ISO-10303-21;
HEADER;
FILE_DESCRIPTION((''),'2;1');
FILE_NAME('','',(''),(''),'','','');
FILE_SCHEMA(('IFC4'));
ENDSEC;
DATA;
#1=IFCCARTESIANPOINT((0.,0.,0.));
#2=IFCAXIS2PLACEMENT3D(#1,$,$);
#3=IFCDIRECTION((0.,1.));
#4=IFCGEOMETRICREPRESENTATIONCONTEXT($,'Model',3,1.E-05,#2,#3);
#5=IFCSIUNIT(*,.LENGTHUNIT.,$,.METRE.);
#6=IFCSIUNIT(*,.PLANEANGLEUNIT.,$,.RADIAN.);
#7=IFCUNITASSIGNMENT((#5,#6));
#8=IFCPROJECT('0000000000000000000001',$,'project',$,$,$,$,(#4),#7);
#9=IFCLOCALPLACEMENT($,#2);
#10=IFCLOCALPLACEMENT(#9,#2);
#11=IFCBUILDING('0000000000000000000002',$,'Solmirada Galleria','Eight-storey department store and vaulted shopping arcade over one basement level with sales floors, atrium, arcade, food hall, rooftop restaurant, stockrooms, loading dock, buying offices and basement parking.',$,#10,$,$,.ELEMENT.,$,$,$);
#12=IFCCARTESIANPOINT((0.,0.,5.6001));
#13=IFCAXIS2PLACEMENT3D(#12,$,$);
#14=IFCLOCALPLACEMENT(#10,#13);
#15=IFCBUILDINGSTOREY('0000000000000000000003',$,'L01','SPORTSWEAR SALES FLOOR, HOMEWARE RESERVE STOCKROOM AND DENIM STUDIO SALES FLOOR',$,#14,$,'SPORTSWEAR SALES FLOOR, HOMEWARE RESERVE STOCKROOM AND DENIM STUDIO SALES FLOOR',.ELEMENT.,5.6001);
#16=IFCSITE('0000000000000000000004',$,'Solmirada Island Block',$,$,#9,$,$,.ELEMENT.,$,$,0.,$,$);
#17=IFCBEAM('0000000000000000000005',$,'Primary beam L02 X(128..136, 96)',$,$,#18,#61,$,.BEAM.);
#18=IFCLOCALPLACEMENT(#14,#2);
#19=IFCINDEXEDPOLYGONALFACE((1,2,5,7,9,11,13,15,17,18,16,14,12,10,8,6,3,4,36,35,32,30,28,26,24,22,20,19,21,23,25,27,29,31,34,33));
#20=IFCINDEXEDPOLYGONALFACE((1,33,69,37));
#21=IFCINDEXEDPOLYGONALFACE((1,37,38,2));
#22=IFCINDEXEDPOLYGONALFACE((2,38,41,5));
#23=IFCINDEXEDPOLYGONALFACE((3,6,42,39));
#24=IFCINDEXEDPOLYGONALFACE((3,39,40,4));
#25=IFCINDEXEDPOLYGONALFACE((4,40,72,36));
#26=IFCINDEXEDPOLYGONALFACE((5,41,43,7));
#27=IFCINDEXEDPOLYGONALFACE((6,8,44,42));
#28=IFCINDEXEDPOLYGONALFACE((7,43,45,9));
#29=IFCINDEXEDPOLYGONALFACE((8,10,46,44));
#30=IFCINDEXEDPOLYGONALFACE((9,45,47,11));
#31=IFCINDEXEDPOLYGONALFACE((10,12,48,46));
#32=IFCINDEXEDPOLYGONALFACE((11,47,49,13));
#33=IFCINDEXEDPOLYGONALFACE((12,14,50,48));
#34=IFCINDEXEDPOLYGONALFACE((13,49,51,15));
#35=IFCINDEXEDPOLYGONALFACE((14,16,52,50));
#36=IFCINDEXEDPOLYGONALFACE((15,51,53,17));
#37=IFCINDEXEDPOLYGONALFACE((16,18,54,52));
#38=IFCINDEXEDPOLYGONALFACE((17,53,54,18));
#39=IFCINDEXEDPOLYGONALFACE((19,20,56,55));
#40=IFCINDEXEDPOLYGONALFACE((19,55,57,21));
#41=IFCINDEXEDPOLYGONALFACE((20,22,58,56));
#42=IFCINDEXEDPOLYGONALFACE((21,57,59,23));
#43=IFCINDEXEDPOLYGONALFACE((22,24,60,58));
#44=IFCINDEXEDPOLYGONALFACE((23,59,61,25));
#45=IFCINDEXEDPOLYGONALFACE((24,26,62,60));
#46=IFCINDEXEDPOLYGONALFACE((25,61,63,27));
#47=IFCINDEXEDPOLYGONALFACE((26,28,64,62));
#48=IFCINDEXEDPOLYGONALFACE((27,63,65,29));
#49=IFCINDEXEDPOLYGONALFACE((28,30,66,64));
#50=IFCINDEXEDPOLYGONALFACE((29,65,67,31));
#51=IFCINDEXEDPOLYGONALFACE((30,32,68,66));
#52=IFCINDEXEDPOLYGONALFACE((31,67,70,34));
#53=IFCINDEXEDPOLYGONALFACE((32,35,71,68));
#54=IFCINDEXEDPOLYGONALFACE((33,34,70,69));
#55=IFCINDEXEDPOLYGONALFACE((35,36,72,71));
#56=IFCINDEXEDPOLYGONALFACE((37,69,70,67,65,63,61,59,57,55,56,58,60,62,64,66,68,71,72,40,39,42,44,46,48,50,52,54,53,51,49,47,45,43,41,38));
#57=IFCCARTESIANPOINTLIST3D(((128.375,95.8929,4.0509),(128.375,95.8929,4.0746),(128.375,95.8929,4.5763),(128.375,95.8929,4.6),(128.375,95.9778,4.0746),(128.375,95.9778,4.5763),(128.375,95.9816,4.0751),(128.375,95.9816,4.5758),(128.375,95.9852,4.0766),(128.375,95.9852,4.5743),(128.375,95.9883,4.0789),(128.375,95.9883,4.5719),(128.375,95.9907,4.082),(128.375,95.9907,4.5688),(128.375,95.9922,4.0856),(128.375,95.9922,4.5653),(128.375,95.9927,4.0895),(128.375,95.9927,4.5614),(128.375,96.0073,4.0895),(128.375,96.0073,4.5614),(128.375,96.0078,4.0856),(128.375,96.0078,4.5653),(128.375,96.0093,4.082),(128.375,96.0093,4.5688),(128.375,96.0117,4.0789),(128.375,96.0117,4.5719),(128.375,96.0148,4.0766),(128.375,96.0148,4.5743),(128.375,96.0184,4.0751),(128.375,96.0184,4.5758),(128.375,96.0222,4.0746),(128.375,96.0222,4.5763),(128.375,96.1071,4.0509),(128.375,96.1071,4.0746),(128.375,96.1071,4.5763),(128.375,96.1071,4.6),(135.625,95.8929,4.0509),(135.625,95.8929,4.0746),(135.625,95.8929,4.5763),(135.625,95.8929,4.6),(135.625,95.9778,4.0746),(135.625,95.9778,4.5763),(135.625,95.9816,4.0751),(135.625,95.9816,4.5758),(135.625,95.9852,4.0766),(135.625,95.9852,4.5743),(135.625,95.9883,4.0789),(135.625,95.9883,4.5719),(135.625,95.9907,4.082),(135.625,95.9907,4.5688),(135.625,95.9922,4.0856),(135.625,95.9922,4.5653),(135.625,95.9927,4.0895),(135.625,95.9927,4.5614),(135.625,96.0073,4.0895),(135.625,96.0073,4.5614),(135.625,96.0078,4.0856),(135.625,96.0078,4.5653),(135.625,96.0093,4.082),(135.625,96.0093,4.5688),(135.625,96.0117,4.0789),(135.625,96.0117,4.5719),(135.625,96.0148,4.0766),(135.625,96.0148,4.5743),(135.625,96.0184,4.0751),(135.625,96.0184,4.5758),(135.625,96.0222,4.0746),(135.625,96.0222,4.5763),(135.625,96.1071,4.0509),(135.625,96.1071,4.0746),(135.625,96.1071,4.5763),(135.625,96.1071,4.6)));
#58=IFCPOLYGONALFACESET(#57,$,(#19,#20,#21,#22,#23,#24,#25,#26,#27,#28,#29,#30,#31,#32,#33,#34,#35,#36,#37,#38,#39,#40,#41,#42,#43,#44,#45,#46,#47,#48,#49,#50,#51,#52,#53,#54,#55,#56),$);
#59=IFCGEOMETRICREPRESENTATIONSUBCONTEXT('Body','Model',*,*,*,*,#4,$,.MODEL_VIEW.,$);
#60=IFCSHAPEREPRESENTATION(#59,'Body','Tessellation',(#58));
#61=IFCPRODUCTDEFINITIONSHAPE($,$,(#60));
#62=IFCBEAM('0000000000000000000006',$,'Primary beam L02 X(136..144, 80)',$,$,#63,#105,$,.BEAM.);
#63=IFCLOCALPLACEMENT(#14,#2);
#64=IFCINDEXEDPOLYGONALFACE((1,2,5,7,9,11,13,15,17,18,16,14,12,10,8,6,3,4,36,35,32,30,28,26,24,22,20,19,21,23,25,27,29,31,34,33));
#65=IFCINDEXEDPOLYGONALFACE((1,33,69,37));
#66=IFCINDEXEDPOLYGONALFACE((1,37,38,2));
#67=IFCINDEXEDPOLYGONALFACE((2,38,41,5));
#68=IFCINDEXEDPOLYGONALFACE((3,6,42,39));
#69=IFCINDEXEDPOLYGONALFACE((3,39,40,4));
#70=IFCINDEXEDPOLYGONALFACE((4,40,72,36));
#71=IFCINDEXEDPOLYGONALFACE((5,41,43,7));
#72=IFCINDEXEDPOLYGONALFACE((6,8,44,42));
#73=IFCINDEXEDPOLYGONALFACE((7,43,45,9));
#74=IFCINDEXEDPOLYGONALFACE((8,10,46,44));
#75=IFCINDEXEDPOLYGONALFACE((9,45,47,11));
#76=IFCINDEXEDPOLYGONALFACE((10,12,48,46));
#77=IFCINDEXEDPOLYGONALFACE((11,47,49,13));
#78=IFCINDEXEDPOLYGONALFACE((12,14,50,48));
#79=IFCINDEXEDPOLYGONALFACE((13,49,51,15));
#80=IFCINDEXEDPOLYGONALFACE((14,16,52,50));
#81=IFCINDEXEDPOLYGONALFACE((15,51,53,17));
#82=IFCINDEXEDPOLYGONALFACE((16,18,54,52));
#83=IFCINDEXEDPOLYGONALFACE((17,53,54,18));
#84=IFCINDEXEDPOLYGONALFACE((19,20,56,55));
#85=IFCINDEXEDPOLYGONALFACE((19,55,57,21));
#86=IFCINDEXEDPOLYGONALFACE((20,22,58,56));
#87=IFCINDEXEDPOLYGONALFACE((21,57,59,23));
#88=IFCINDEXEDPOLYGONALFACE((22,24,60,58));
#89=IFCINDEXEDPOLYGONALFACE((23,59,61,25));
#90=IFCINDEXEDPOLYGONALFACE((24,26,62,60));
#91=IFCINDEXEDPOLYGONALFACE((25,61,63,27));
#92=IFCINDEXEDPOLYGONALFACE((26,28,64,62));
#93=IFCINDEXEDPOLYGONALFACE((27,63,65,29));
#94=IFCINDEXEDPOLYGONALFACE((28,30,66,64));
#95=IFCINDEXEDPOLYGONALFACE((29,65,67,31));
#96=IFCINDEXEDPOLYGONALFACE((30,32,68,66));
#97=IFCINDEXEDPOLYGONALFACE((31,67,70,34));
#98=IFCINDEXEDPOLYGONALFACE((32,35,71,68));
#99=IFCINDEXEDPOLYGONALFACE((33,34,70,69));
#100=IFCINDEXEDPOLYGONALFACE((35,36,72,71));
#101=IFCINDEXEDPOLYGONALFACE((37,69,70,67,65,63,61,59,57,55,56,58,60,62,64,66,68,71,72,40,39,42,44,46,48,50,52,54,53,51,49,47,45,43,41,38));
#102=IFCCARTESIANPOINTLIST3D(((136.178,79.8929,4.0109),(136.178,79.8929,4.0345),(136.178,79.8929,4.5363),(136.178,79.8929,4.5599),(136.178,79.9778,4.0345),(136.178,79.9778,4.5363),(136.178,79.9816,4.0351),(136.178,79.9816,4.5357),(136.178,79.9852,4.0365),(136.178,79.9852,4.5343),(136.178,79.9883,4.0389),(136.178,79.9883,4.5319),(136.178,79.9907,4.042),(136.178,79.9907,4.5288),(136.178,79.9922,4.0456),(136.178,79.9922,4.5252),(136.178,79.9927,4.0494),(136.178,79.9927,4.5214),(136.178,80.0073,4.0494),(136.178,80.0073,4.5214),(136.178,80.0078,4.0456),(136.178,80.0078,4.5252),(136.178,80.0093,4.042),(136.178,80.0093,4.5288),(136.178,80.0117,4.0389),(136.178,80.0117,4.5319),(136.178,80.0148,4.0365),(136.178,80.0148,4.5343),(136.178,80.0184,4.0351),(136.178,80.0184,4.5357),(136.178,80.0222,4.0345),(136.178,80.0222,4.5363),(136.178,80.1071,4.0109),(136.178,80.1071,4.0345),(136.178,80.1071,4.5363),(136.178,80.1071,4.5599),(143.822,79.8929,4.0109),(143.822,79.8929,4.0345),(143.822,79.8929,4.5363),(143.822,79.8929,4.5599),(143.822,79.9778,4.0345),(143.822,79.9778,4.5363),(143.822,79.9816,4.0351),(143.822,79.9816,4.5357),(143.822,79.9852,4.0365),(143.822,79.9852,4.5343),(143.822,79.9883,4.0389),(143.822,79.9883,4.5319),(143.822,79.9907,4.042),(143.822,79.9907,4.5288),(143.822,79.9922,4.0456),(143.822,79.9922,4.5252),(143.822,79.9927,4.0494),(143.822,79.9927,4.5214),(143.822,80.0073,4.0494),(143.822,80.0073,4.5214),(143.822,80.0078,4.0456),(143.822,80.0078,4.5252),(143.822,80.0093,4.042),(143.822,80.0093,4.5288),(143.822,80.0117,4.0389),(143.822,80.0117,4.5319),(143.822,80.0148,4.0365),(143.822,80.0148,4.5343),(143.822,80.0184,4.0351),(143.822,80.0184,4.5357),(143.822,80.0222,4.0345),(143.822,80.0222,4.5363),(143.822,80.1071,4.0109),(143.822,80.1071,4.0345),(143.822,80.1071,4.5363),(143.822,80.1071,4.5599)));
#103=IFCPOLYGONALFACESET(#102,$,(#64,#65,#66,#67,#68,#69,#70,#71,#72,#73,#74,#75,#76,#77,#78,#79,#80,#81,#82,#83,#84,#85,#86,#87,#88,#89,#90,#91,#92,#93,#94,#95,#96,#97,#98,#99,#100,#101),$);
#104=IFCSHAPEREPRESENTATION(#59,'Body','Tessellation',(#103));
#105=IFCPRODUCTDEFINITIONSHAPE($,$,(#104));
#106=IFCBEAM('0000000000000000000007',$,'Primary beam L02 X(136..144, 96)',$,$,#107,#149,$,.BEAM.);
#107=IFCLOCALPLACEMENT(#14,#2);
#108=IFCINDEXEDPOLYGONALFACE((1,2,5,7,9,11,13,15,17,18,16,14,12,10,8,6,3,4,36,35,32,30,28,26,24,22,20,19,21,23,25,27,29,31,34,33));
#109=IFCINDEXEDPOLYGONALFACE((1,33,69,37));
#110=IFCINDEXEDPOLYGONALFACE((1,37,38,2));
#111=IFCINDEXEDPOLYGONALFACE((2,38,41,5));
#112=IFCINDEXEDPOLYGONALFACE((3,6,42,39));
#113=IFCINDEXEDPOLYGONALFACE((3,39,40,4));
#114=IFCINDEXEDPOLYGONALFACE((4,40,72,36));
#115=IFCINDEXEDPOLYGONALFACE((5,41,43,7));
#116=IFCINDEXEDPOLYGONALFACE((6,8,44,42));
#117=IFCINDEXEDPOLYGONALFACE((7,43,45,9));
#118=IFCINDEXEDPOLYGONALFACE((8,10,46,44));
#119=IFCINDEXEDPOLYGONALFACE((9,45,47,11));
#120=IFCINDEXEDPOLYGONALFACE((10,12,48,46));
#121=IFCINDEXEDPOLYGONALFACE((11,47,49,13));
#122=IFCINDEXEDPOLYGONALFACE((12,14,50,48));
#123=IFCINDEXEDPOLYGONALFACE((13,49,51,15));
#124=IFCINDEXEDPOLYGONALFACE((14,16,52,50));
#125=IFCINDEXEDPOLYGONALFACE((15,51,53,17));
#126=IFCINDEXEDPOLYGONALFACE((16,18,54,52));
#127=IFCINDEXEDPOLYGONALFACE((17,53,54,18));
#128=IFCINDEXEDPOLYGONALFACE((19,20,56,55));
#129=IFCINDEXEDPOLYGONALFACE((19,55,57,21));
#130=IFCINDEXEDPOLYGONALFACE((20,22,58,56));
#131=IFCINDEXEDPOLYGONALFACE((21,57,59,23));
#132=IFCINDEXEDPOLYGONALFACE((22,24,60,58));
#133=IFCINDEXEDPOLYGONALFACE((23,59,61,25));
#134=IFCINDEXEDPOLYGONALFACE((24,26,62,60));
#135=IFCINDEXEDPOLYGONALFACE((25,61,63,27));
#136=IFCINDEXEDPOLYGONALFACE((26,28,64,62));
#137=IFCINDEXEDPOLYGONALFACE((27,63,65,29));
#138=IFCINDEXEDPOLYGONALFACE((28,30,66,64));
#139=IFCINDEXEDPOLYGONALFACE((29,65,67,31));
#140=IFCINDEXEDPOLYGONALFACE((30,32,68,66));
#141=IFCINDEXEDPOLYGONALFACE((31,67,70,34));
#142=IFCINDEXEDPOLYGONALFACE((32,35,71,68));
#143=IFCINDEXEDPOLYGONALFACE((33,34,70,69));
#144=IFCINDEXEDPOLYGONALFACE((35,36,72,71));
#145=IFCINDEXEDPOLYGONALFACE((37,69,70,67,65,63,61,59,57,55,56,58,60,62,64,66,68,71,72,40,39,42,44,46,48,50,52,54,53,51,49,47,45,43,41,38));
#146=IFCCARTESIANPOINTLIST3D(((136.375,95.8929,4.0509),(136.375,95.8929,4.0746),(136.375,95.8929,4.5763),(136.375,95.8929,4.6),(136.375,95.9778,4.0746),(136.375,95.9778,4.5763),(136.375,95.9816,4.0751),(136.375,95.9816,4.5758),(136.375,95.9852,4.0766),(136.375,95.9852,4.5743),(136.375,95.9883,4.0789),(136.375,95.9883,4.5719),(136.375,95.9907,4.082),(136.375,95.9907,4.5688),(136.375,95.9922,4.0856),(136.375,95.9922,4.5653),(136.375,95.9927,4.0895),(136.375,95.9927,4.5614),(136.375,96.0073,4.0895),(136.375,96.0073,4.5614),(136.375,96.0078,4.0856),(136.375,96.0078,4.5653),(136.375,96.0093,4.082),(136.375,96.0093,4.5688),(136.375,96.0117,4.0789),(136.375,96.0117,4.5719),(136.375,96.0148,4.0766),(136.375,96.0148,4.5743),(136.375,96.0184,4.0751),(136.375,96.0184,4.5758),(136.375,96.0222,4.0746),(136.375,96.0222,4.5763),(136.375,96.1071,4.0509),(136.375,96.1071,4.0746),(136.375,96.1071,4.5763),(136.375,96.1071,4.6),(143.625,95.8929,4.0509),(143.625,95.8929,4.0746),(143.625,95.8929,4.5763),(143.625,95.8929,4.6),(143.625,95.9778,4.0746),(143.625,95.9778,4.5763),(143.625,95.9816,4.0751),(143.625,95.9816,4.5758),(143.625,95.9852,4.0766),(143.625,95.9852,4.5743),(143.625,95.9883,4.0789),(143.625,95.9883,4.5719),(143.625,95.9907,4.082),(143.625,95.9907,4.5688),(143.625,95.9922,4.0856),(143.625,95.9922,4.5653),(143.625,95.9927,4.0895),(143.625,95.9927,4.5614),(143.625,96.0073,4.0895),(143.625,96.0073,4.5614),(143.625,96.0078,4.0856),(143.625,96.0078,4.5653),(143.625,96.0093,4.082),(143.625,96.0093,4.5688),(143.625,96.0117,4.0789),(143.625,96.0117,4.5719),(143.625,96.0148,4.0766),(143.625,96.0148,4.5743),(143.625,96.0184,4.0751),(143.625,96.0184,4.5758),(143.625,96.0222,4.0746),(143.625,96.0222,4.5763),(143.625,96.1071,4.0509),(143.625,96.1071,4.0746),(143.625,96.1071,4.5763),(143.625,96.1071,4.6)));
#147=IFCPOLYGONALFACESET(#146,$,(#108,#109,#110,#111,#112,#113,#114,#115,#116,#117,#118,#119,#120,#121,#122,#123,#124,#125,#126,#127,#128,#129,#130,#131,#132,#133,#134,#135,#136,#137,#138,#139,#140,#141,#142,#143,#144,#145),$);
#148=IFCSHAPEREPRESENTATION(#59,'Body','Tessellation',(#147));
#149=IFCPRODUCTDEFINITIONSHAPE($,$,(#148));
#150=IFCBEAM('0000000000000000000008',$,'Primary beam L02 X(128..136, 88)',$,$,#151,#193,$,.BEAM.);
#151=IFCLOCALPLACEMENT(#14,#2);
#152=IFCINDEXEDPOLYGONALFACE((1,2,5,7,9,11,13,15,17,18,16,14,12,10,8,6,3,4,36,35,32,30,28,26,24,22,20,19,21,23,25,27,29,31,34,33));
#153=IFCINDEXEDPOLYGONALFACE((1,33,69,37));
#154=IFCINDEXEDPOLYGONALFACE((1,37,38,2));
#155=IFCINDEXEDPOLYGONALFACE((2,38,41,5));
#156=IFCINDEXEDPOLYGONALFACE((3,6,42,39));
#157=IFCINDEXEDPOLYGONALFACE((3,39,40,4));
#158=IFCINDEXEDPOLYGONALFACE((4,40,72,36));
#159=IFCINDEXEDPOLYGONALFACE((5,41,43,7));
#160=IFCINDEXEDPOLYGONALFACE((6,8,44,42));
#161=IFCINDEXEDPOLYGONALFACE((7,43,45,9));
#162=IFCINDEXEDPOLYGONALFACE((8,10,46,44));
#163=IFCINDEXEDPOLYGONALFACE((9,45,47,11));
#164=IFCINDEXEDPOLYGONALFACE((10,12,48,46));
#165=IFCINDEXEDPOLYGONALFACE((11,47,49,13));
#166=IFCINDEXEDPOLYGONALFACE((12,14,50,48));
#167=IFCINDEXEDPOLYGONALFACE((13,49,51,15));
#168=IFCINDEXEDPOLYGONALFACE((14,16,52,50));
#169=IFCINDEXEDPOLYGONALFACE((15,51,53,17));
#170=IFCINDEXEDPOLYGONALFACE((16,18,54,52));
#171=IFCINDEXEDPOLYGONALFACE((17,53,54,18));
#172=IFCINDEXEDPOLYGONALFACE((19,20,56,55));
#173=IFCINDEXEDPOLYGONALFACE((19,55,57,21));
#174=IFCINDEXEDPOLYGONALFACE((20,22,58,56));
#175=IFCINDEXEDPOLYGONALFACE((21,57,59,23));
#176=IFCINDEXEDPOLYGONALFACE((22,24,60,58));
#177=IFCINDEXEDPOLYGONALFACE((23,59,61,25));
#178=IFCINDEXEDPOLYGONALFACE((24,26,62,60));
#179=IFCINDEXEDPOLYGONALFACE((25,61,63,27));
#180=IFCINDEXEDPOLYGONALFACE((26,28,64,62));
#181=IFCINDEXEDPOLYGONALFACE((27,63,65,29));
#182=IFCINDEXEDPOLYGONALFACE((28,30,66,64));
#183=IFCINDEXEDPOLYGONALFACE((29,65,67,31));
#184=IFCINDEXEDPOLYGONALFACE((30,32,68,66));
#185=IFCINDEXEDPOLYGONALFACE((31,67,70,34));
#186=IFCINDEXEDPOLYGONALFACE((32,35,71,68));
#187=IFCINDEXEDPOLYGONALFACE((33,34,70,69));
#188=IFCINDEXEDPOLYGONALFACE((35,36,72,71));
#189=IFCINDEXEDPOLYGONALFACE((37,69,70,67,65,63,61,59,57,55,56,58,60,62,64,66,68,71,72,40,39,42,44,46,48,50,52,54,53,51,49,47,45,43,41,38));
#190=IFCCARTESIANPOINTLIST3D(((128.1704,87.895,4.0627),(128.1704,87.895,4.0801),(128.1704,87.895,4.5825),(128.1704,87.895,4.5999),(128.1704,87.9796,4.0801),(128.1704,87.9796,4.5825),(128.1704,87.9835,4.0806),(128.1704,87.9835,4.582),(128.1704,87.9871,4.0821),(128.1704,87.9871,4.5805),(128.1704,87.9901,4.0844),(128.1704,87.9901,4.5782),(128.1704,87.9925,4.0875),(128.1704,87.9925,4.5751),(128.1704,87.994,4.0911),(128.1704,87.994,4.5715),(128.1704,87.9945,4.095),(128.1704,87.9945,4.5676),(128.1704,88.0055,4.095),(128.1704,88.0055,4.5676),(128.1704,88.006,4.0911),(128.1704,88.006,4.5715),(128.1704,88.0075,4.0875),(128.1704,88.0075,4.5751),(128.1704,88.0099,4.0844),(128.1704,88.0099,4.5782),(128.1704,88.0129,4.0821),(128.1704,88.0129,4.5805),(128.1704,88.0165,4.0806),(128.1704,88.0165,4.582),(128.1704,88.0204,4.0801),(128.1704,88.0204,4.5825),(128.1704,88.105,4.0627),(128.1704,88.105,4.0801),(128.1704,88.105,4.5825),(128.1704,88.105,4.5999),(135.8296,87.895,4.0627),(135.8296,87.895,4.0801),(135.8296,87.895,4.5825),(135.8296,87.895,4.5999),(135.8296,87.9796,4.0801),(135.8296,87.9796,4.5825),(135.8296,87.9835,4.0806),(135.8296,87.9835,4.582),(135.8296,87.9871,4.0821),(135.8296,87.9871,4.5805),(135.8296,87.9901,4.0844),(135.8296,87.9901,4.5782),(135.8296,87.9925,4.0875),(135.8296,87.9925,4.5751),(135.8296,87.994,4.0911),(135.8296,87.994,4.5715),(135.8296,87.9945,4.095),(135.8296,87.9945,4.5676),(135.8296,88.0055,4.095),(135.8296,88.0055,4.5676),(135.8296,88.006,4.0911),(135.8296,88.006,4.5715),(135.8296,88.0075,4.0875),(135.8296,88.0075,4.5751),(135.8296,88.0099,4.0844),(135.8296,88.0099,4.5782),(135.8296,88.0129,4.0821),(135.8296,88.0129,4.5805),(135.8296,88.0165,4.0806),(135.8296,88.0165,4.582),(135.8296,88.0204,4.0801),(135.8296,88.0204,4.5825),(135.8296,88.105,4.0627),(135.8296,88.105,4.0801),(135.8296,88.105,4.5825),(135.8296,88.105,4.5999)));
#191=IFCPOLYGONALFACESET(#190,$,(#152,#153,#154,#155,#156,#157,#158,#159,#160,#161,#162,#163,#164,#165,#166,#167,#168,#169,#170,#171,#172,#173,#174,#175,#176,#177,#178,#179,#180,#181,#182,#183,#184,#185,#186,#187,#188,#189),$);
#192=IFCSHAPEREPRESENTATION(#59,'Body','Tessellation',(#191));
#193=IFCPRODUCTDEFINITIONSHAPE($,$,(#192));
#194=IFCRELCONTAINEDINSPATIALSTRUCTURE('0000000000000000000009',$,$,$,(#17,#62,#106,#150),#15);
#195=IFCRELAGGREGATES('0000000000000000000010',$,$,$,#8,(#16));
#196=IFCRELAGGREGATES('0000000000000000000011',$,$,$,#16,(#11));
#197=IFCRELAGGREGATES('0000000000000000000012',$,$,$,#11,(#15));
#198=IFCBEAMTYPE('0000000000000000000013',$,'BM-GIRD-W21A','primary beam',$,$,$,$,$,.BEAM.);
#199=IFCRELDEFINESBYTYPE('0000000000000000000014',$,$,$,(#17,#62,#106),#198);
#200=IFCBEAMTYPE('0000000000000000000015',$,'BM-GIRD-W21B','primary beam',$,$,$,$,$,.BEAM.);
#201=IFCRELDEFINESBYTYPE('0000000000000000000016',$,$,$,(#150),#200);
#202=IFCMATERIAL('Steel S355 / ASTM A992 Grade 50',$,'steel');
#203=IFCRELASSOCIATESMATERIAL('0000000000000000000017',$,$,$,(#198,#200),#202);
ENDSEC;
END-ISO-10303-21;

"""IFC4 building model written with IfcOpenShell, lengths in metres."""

from ifc_helpers import new_model, si_unit, direction, frame, origin, origin_2d, place, context, subcontext, project, spatial, i_section, extrude, material, material_profile, profile_set, type_object, element, save


model = new_model("IFC4")

# Units and contexts
model_context = context("Model", 3, precision=1e-05, world=origin(), true_north=direction((0.0, 1.0)))
body_context = subcontext(model_context, "Body", "Model", "MODEL_VIEW")
ifc_project = project(units=[si_unit("LENGTHUNIT", "METRE"), si_unit("PLANEANGLEUNIT", "RADIAN")], contexts=[model_context])

# Site, building, storey
site_placement = place(None, origin())
site = spatial("IfcSite", under=ifc_project, at=site_placement, Name="Solmirada Island Block", CompositionType="ELEMENT", RefElevation=0.0)
building_placement = place(site_placement, origin())
building = spatial("IfcBuilding", under=site, at=building_placement, Name="Solmirada Galleria", Description="Eight-storey department store and vaulted shopping arcade over one basement level with sales floors, atrium, arcade, food hall, rooftop restaurant, stockrooms, loading dock, buying offices and basement parking.", CompositionType="ELEMENT")
storey_placement = place(building_placement, frame((0.0, 0.0, 5.6001)))
storey = spatial("IfcBuildingStorey", under=building, at=storey_placement, Name="L01", Description="SPORTSWEAR SALES FLOOR, HOMEWARE RESERVE STOCKROOM AND DENIM STUDIO SALES FLOOR", LongName="SPORTSWEAR SALES FLOOR, HOMEWARE RESERVE STOCKROOM AND DENIM STUDIO SALES FLOOR", CompositionType="ELEMENT", Elevation=5.6001)

# Beams
ifc_material_1 = material(Name="Steel S355 / ASTM A992 Grade 50", Category="steel")
ifc_material_profile_1 = material_profile(ifc_material_1, i_section(OverallWidth=0.2141, OverallDepth=0.5491, WebThickness=0.0146, FlangeThickness=0.0237, FilletRadius=0.0149, at=origin_2d()), Name="W21X93")
ifc_profile_set_1 = profile_set([ifc_material_profile_1], Name="Steel S355 / ASTM A992 Grade 50")
beam_type_1 = type_object("IfcBeamType", Name="BM-GIRD-W21A", Description="primary beam", PredefinedType="BEAM", material=ifc_profile_set_1)
beam_1_placement = place(storey_placement, frame((128.375, 96.0, 4.3254), z_axis=(1.0, 0.0, 0.0), x_axis=(0.0, 1.0, 0.0)))
element("IfcBeam", 1, at=beam_1_placement, inside=storey, type_object=beam_type_1, Name="Primary beam L02 X(128..136, 96)", PredefinedType="BEAM", context=body_context, shape_type="SweptSolid", body=[
    extrude(i_section(OverallWidth=0.2141, OverallDepth=0.5491, WebThickness=0.0146, FlangeThickness=0.0237, FilletRadius=0.0149, at=origin_2d()), origin(), (0.0, 0.0, 1.0), 7.25),
])
beam_2_placement = place(storey_placement, frame((136.178, 80.0, 4.2854), z_axis=(1.0, 0.0, 0.0), x_axis=(0.0, 1.0, 0.0)))
element("IfcBeam", 2, at=beam_2_placement, inside=storey, type_object=beam_type_1, Name="Primary beam L02 X(136..144, 80)", PredefinedType="BEAM", context=body_context, shape_type="SweptSolid", body=[
    extrude(i_section(OverallWidth=0.2141, OverallDepth=0.5491, WebThickness=0.0146, FlangeThickness=0.0237, FilletRadius=0.0149, at=origin_2d()), origin(), (0.0, 0.0, 1.0), 7.644),
])
beam_3_placement = place(storey_placement, frame((136.375, 96.0, 4.3254), z_axis=(1.0, 0.0, 0.0), x_axis=(0.0, 1.0, 0.0)))
element("IfcBeam", 3, at=beam_3_placement, inside=storey, type_object=beam_type_1, Name="Primary beam L02 X(136..144, 96)", PredefinedType="BEAM", context=body_context, shape_type="SweptSolid", body=[
    extrude(i_section(OverallWidth=0.2141, OverallDepth=0.5491, WebThickness=0.0146, FlangeThickness=0.0237, FilletRadius=0.0149, at=origin_2d()), origin(), (0.0, 0.0, 1.0), 7.25),
])
ifc_material_profile_2 = material_profile(ifc_material_1, i_section(OverallWidth=0.21, OverallDepth=0.5371, WebThickness=0.011, FlangeThickness=0.0173, FilletRadius=0.0149, at=origin_2d()), Name="W21X68")
ifc_profile_set_2 = profile_set([ifc_material_profile_2], Name="Steel S355 / ASTM A992 Grade 50")
beam_type_2 = type_object("IfcBeamType", Name="BM-GIRD-W21B", Description="primary beam", PredefinedType="BEAM", material=ifc_profile_set_2)
beam_4_placement = place(storey_placement, frame((128.1704, 88.0, 4.3313), z_axis=(1.0, 0.0, 0.0), x_axis=(0.0, 1.0, 0.0)))
element("IfcBeam", 4, at=beam_4_placement, inside=storey, type_object=beam_type_2, Name="Primary beam L02 X(128..136, 88)", PredefinedType="BEAM", context=body_context, shape_type="SweptSolid", body=[
    extrude(i_section(OverallWidth=0.21, OverallDepth=0.5371, WebThickness=0.011, FlangeThickness=0.0173, FilletRadius=0.0149, at=origin_2d()), origin(), (0.0, 0.0, 1.0), 7.6592),
])

save(model, "model.ifc")
